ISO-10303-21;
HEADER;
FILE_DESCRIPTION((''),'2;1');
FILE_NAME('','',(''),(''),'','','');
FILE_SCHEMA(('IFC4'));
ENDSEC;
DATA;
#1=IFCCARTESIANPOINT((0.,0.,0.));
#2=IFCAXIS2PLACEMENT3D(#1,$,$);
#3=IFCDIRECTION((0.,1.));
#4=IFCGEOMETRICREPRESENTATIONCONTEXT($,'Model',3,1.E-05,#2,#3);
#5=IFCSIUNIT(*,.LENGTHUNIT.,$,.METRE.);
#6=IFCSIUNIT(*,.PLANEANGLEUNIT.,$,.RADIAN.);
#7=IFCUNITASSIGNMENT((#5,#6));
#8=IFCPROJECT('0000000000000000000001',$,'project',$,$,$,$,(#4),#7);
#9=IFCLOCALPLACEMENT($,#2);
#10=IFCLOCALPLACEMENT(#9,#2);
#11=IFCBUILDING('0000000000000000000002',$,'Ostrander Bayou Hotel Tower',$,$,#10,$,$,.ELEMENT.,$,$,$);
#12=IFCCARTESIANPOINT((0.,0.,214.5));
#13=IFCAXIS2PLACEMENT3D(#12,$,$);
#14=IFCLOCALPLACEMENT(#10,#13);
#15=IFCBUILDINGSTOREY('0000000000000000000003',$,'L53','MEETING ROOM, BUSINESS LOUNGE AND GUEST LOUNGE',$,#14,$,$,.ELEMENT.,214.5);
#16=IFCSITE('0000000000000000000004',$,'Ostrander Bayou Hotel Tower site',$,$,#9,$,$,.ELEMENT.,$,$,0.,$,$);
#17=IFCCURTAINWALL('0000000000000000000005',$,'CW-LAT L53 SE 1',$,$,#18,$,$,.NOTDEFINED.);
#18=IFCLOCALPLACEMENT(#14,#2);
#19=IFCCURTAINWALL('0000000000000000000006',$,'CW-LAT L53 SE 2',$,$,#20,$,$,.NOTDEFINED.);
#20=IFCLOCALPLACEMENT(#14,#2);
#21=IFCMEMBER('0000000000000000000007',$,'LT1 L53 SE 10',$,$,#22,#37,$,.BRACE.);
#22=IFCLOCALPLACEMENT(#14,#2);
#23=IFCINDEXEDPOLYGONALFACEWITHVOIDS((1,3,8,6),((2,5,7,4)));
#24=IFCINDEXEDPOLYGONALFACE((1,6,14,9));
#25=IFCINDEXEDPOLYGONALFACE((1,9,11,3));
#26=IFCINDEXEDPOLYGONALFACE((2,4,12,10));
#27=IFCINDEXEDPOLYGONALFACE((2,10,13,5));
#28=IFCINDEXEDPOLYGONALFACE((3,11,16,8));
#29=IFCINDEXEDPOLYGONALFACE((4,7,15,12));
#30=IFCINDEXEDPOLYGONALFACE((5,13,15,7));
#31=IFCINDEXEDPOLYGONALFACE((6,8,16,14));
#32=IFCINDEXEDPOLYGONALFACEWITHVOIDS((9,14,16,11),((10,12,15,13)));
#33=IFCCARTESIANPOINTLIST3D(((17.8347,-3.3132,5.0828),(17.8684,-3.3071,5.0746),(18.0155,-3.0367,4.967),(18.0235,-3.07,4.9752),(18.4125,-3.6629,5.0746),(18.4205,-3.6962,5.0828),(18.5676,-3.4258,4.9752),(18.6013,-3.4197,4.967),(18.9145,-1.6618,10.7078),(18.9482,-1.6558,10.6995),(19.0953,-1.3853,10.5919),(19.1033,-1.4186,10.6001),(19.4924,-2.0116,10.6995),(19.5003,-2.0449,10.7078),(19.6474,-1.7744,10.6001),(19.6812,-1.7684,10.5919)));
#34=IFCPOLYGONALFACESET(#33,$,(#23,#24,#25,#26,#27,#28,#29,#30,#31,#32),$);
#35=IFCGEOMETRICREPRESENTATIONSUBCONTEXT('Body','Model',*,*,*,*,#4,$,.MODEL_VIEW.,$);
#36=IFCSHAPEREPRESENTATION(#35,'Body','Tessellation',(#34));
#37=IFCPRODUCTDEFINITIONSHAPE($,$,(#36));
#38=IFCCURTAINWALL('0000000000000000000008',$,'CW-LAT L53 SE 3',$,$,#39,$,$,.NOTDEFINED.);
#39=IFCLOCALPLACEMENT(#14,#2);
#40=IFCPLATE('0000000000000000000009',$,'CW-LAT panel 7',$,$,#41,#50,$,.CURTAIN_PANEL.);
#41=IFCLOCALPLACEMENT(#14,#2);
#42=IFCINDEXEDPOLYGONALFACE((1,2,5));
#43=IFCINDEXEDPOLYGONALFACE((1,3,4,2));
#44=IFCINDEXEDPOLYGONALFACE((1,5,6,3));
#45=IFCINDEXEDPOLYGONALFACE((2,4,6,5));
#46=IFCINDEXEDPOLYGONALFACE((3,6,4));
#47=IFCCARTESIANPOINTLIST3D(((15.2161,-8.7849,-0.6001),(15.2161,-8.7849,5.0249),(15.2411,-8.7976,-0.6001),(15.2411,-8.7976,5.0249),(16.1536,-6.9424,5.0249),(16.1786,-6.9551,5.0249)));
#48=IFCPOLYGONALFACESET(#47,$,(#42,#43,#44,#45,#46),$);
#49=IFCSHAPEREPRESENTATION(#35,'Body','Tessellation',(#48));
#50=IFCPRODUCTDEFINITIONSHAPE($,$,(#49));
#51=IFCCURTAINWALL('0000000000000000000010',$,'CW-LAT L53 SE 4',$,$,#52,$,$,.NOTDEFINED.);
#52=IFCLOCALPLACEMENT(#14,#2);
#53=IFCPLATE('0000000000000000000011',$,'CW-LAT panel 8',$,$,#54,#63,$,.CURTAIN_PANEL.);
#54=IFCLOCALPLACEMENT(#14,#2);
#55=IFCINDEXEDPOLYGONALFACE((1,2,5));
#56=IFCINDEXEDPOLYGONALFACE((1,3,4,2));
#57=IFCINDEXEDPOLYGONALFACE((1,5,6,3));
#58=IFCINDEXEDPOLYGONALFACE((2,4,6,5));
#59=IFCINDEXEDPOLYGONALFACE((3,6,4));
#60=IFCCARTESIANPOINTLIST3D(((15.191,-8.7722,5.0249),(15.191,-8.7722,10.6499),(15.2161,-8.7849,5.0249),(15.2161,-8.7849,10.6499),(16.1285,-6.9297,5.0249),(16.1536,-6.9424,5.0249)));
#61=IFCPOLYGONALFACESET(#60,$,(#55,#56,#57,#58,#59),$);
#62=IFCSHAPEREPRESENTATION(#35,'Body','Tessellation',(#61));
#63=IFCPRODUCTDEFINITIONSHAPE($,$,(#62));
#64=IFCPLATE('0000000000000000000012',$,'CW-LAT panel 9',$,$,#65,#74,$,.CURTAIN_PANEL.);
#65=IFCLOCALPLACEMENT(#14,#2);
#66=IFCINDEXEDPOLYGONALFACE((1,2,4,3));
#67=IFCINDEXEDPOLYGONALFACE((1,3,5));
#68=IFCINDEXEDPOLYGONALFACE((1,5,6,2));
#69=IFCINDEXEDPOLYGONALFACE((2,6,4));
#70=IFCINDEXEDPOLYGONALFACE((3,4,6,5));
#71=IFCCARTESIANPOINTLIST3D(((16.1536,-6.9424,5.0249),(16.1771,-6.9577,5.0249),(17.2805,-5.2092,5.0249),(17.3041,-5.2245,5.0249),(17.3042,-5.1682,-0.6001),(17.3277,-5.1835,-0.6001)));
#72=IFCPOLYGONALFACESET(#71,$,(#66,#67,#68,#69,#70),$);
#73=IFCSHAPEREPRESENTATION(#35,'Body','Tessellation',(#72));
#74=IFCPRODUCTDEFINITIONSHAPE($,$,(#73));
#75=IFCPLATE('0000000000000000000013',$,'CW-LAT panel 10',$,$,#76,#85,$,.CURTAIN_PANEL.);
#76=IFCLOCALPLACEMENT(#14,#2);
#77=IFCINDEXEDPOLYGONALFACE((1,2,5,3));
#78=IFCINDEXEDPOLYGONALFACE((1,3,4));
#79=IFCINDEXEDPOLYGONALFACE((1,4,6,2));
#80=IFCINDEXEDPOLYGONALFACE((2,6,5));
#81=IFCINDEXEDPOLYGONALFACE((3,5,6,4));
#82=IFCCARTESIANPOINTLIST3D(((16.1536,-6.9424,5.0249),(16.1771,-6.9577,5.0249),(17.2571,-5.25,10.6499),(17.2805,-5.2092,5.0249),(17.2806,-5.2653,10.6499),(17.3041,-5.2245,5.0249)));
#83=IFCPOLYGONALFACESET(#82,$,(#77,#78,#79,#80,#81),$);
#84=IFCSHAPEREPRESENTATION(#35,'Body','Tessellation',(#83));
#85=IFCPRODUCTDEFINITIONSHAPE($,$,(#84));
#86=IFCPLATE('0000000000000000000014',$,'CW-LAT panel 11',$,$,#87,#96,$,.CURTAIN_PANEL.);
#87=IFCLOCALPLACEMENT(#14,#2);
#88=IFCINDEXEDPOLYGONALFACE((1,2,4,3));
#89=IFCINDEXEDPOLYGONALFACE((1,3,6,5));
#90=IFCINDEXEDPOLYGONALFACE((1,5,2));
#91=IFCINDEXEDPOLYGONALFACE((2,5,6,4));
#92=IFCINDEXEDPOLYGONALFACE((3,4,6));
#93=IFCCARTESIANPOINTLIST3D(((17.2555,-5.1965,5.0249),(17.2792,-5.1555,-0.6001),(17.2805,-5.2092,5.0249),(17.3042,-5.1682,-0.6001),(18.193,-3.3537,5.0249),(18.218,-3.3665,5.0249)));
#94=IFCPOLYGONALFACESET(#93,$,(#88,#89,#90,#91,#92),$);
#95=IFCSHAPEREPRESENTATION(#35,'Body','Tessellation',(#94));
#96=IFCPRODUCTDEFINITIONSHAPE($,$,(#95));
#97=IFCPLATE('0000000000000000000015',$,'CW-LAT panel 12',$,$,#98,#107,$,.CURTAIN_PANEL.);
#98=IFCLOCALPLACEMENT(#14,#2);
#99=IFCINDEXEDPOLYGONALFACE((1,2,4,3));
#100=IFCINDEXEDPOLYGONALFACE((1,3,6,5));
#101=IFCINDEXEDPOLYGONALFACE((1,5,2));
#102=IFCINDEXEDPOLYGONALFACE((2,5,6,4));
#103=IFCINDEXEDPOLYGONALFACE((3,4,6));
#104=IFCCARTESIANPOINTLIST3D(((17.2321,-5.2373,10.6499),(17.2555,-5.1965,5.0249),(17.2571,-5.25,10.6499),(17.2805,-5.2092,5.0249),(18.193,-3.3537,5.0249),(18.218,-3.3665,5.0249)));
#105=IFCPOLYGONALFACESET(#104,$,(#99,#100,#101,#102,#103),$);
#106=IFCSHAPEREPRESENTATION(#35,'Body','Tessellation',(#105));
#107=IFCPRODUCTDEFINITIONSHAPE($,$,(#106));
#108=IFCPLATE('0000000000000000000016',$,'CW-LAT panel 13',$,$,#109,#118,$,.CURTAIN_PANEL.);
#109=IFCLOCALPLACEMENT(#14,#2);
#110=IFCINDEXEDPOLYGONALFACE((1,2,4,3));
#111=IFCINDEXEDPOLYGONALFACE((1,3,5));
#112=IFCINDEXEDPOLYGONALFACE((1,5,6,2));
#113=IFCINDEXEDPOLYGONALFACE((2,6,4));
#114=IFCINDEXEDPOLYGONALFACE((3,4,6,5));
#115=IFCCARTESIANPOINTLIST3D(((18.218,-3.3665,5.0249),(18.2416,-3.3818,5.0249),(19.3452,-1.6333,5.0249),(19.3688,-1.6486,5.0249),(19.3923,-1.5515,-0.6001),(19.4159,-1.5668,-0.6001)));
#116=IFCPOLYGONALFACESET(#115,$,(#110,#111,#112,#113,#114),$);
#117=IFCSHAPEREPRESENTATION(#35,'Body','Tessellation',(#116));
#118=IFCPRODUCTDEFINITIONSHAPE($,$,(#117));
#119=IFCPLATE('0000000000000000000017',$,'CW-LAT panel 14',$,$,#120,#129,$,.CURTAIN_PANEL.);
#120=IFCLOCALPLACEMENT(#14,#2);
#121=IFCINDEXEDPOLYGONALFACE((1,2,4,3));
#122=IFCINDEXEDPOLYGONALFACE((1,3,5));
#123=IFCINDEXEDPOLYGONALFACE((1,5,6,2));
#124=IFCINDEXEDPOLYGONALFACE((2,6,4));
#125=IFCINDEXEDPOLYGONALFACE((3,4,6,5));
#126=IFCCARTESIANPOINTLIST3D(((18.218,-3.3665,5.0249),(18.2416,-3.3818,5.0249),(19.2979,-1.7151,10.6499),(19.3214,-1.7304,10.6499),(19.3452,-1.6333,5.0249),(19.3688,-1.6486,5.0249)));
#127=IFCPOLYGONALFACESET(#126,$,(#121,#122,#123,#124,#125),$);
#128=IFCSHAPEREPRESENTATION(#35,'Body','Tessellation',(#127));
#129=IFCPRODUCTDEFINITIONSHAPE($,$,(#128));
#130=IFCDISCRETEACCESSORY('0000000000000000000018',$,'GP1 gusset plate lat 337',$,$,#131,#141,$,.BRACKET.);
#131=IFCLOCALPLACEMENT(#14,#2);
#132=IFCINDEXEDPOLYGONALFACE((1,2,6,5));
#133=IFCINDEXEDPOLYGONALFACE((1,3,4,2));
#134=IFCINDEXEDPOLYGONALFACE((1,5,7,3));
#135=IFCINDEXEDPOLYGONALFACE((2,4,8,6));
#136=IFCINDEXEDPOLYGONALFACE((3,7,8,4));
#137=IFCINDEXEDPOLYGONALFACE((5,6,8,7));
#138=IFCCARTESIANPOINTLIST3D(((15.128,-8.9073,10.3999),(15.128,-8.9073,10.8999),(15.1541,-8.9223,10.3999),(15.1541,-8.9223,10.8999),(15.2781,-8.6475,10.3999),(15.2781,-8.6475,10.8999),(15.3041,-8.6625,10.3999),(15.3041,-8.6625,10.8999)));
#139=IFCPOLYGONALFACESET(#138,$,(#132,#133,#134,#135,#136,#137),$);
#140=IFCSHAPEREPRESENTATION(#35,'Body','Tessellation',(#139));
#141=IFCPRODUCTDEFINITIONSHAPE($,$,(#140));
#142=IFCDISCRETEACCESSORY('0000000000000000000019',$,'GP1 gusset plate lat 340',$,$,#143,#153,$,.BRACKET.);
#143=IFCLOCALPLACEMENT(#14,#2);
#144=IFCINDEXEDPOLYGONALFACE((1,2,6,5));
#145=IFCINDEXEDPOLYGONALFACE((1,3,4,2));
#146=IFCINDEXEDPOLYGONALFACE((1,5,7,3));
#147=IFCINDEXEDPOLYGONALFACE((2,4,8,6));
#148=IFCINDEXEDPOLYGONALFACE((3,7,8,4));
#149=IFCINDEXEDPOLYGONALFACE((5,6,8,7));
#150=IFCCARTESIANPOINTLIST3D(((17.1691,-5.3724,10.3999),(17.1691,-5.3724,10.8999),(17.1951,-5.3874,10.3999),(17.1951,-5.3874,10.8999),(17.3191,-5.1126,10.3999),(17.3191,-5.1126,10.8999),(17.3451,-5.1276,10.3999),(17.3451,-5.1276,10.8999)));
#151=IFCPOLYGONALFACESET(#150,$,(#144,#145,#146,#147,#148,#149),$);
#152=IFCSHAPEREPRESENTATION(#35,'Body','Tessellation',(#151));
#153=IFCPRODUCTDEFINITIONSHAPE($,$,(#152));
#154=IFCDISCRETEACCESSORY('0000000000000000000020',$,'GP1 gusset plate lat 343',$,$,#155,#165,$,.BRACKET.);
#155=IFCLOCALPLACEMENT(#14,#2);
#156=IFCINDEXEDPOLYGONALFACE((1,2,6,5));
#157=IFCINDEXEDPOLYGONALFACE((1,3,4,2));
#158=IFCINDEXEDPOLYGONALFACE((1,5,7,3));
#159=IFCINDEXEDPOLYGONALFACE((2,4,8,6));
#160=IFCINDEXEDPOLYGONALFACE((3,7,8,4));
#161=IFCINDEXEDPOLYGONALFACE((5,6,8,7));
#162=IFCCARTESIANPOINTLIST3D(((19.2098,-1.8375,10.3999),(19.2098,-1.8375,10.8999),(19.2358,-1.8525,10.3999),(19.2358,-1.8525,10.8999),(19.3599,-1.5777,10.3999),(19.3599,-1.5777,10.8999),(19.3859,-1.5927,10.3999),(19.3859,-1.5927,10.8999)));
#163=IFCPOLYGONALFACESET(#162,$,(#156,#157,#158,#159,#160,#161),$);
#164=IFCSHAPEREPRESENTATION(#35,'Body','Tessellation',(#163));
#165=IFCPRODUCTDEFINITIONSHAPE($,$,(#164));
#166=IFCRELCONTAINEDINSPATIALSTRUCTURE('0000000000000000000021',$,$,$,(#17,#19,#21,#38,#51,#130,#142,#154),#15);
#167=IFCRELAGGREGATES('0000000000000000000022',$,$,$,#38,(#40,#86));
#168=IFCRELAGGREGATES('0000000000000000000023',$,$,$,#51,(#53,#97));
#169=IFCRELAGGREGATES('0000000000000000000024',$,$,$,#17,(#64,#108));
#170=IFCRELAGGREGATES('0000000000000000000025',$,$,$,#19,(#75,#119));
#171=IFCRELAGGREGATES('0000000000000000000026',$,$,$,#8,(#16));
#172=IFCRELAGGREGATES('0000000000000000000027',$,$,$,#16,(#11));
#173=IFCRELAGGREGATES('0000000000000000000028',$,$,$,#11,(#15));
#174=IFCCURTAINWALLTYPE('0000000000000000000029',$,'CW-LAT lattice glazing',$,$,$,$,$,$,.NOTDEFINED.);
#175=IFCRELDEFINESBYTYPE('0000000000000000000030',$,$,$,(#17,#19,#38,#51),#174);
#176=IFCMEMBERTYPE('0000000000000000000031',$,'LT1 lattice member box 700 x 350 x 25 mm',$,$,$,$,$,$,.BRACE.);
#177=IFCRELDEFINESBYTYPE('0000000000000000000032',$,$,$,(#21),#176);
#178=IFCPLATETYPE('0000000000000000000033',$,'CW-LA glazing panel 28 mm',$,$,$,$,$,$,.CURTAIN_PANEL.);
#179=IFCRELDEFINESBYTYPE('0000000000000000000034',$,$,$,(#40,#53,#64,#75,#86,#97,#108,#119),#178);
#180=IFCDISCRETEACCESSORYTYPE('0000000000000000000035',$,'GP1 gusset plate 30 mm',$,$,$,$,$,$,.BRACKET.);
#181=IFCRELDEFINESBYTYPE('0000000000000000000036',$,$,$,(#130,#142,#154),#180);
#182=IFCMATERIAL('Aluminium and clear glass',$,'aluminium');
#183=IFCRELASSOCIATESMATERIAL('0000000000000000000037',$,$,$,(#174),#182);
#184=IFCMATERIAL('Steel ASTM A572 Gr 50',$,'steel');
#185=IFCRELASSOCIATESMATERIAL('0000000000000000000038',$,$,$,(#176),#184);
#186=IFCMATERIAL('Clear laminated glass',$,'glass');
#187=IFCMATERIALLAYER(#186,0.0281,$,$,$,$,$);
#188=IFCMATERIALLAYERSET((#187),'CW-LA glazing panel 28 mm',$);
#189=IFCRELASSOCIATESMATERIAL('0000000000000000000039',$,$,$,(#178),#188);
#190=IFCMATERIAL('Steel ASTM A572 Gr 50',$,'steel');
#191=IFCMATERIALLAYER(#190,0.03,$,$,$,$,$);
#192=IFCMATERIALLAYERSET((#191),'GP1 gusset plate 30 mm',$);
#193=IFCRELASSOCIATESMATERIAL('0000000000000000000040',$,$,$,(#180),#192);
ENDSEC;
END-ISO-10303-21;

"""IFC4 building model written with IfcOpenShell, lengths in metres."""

from ifc_helpers import new_model, si_unit, direction, frame, origin, origin_2d, place, context, subcontext, project, spatial, polyline, rectangle, hollow_rectangle, outline, extrude, material, layer, layer_set, material_profile, profile_set, type_object, element, aggregate, save


model = new_model("IFC4")

# Units and contexts
model_context = context("Model", 3, precision=1e-05, world=origin(), true_north=direction((0.0, 1.0)))
body_context = subcontext(model_context, "Body", "Model", "MODEL_VIEW")
ifc_project = project(units=[si_unit("LENGTHUNIT", "METRE"), si_unit("PLANEANGLEUNIT", "RADIAN")], contexts=[model_context])

# Site, building, storey
site_placement = place(None, origin())
site = spatial("IfcSite", under=ifc_project, at=site_placement, Name="Ostrander Bayou Hotel Tower site", CompositionType="ELEMENT", RefElevation=0.0)
building_placement = place(site_placement, origin())
building = spatial("IfcBuilding", under=site, at=building_placement, Name="Ostrander Bayou Hotel Tower", CompositionType="ELEMENT")
storey_placement = place(building_placement, frame((0.0, 0.0, 214.5)))
storey = spatial("IfcBuildingStorey", under=building, at=storey_placement, Name="L53", Description="MEETING ROOM, BUSINESS LOUNGE AND GUEST LOUNGE", CompositionType="ELEMENT", Elevation=214.5)

# Curtain walls
ifc_material_1 = material(Name="Aluminium and clear glass", Category="aluminium")
curtain_wall_type = type_object("IfcCurtainWallType", Name="CW-LAT lattice glazing", PredefinedType="NOTDEFINED", material=ifc_material_1)
curtain_wall_1_placement = place(storey_placement, origin())
curtain_wall_1 = element("IfcCurtainWall", 1, at=curtain_wall_1_placement, inside=storey, type_object=curtain_wall_type, Name="CW-LAT L53 SE 1", PredefinedType="NOTDEFINED")
curtain_wall_2_placement = place(storey_placement, origin())
curtain_wall_2 = element("IfcCurtainWall", 2, at=curtain_wall_2_placement, inside=storey, type_object=curtain_wall_type, Name="CW-LAT L53 SE 2", PredefinedType="NOTDEFINED")

# Member
ifc_material_2 = material(Name="Steel ASTM A572 Gr 50", Category="steel")
ifc_material_profile_1 = material_profile(ifc_material_2, hollow_rectangle(XDim=0.7, YDim=0.3501, WallThickness=0.0249, at=origin_2d()))
ifc_profile_set_1 = profile_set([ifc_material_profile_1], Name="Steel ASTM A572 Gr 50")
member_type_1 = type_object("IfcMemberType", Name="LT1 lattice member box 700 x 350 x 25 mm", PredefinedType="BRACE", material=ifc_profile_set_1)
member_1_placement = place(storey_placement, frame((18.218, -3.3665, 5.0249), z_axis=(0.181149, 0.277028, 0.943632), x_axis=(-0.836948, 0.547283, 0.0)))
element("IfcMember", 3, at=member_1_placement, inside=storey, type_object=member_type_1, Name="LT1 L53 SE 10", PredefinedType="BRACE", context=body_context, shape_type="SweptSolid", body=[
    extrude(hollow_rectangle(XDim=0.7, YDim=0.3501, WallThickness=0.0249, at=origin_2d()), origin(), (0.0, 0.0, 1.0), 5.9609),
])

# Curtain walls, plates
curtain_wall_3_placement = place(storey_placement, origin())
curtain_wall_3 = element("IfcCurtainWall", 4, at=curtain_wall_3_placement, inside=storey, type_object=curtain_wall_type, Name="CW-LAT L53 SE 3", PredefinedType="NOTDEFINED")
ifc_material_3 = material(Name="Clear laminated glass", Category="glass")
ifc_layer_1 = layer(ifc_material_3, 0.0281)
ifc_layer_set_1 = layer_set([ifc_layer_1], Name="CW-LA glazing panel 28 mm")
plate_type = type_object("IfcPlateType", Name="CW-LA glazing panel 28 mm", PredefinedType="CURTAIN_PANEL", material=ifc_layer_set_1)
plate_1_placement = place(storey_placement, frame((16.1536, -6.9424, 5.0249), z_axis=(-0.891264, 0.453485, 0.0), x_axis=(-0.156436, -0.307454, -0.938616)))
plate_1 = element("IfcPlate", 5, at=plate_1_placement, type_object=plate_type, Name="CW-LAT panel 7", PredefinedType="CURTAIN_PANEL", context=body_context, shape_type="SweptSolid", body=[
    extrude(outline(polyline([(0.0, 0.0), (5.9929, 0.0), (0.7132, 1.9404), (0.0, 0.0)])), origin(), (0.0, 0.0, -1.0), 0.0281),
])
curtain_wall_4_placement = place(storey_placement, origin())
curtain_wall_4 = element("IfcCurtainWall", 6, at=curtain_wall_4_placement, inside=storey, type_object=curtain_wall_type, Name="CW-LAT L53 SE 4", PredefinedType="NOTDEFINED")
plate_2_placement = place(storey_placement, frame((16.1536, -6.9424, 5.0249), z_axis=(0.891264, -0.453485, 0.0), x_axis=(-0.156436, -0.307454, 0.938616)))
plate_2 = element("IfcPlate", 7, at=plate_2_placement, type_object=plate_type, Name="CW-LAT panel 8", PredefinedType="CURTAIN_PANEL", context=body_context, shape_type="SweptSolid", body=[
    extrude(outline(polyline([(0.0, 0.0), (5.9929, 0.0), (0.7132, 1.9404), (0.0, 0.0)])), origin(), (0.0, 0.0, -1.0), 0.0281),
])

# Plates
plate_3_placement = place(storey_placement, frame((16.1536, -6.9424, 5.0249), z_axis=(-0.838354, 0.545125, 0.000445), x_axis=(0.191474, 0.295235, -0.936042)))
plate_3 = element("IfcPlate", 8, at=plate_3_placement, type_object=plate_type, Name="CW-LAT panel 9", PredefinedType="CURTAIN_PANEL", context=body_context, shape_type="SweptSolid", body=[
    extrude(outline(polyline([(0.0, 0.0), (6.0093, 0.0), (0.7275, -1.9351), (0.0, 0.0)])), origin(), (0.0, 0.0, -1.0), 0.0281),
])
plate_4_placement = place(storey_placement, frame((16.1536, -6.9424, 5.0249), z_axis=(-0.838354, 0.545125, 0.000458), x_axis=(0.184632, 0.283157, 0.941134)))
plate_4 = element("IfcPlate", 9, at=plate_4_placement, type_object=plate_type, Name="CW-LAT panel 10", PredefinedType="CURTAIN_PANEL", context=body_context, shape_type="SweptSolid", body=[
    extrude(outline(polyline([(0.0, 0.0), (5.9768, 0.0), (0.6988, 1.9456), (0.0, 0.0)])), origin(), (0.0, 0.0, -1.0), 0.0281),
])
plate_5_placement = place(storey_placement, frame((18.218, -3.3665, 5.0249), z_axis=(0.891288, -0.453437, 0.000446), x_axis=(-0.152895, -0.301459, -0.941141)))
plate_5 = element("IfcPlate", 10, at=plate_5_placement, type_object=plate_type, Name="CW-LAT panel 11", PredefinedType="CURTAIN_PANEL", context=body_context, shape_type="SweptSolid", body=[
    extrude(outline(polyline([(0.0, 0.0), (5.9768, 0.0), (0.6989, -1.9458), (0.0, 0.0)])), origin(), (0.0, 0.0, -1.0), 0.0281),
])
aggregate(curtain_wall_3, [plate_1, plate_5])
plate_6_placement = place(storey_placement, frame((18.218, -3.3665, 5.0249), z_axis=(0.891288, -0.453437, 0.000427), x_axis=(-0.159908, -0.313438, 0.936048)))
plate_6 = element("IfcPlate", 11, at=plate_6_placement, type_object=plate_type, Name="CW-LAT panel 12", PredefinedType="CURTAIN_PANEL", context=body_context, shape_type="SweptSolid", body=[
    extrude(outline(polyline([(0.0, 0.0), (6.0093, 0.0), (0.7275, 1.9353), (0.0, 0.0)])), origin(), (0.0, 0.0, -1.0), 0.0281),
])
aggregate(curtain_wall_4, [plate_2, plate_6])
plate_7_placement = place(storey_placement, frame((18.218, -3.3665, 5.0249), z_axis=(-0.8383, 0.545208, 0.000905), x_axis=(0.194872, 0.301181, -0.933442)))
plate_7 = element("IfcPlate", 12, at=plate_7_placement, type_object=plate_type, Name="CW-LAT panel 13", PredefinedType="CURTAIN_PANEL", context=body_context, shape_type="SweptSolid", body=[
    extrude(outline(polyline([(0.0, 0.0), (6.0261, 0.0), (0.7417, -1.9299), (0.0, 0.0)])), origin(), (0.0, 0.0, -1.0), 0.0281),
])
aggregate(curtain_wall_1, [plate_3, plate_7])
plate_8_placement = place(storey_placement, frame((18.218, -3.3665, 5.0249), z_axis=(-0.8383, 0.545208, 0.000869), x_axis=(0.181149, 0.277028, 0.943632)))
plate_8 = element("IfcPlate", 13, at=plate_8_placement, type_object=plate_type, Name="CW-LAT panel 14", PredefinedType="CURTAIN_PANEL", context=body_context, shape_type="SweptSolid", body=[
    extrude(outline(polyline([(0.0, 0.0), (5.961, 0.0), (0.6843, 1.9509), (0.0, 0.0)])), origin(), (0.0, 0.0, -1.0), 0.0281),
])
aggregate(curtain_wall_2, [plate_4, plate_8])

# Discrete accessories
ifc_material_4 = material(Name="Steel ASTM A572 Gr 50", Category="steel")
ifc_layer_2 = layer(ifc_material_4, 0.03)
ifc_layer_set_2 = layer_set([ifc_layer_2], Name="GP1 gusset plate 30 mm")
discrete_accessory_type = type_object("IfcDiscreteAccessoryType", Name="GP1 gusset plate 30 mm", PredefinedType="BRACKET", material=ifc_layer_set_2)
for number, where, z_axis, x_axis, name in (
    (14, (15.2161, -8.7849, 10.3999), (0.0, 0.0, 1.0), (0.5, 0.866025, 0.0), "GP1 gusset plate lat 337"),
    (15, (17.2571, -5.25, 10.3999), (0.0, 0.0, 1.0), (0.5, 0.866025, 0.0), "GP1 gusset plate lat 340"),
    (16, (19.2979, -1.7151, 10.3999), (0.0, 0.0, 1.0), (0.5, 0.866025, 0.0), "GP1 gusset plate lat 343"),
):
    element("IfcDiscreteAccessory", number, at=place(storey_placement, frame(where, z_axis=z_axis, x_axis=x_axis)), inside=storey, type_object=discrete_accessory_type, Name=name, PredefinedType="BRACKET", context=body_context, shape_type="SweptSolid", body=[
        extrude(rectangle(XDim=0.3, YDim=0.03, at=origin_2d()), origin(), (0.0, 0.0, 1.0), 0.5),
    ])

save(model, "model.ifc")
